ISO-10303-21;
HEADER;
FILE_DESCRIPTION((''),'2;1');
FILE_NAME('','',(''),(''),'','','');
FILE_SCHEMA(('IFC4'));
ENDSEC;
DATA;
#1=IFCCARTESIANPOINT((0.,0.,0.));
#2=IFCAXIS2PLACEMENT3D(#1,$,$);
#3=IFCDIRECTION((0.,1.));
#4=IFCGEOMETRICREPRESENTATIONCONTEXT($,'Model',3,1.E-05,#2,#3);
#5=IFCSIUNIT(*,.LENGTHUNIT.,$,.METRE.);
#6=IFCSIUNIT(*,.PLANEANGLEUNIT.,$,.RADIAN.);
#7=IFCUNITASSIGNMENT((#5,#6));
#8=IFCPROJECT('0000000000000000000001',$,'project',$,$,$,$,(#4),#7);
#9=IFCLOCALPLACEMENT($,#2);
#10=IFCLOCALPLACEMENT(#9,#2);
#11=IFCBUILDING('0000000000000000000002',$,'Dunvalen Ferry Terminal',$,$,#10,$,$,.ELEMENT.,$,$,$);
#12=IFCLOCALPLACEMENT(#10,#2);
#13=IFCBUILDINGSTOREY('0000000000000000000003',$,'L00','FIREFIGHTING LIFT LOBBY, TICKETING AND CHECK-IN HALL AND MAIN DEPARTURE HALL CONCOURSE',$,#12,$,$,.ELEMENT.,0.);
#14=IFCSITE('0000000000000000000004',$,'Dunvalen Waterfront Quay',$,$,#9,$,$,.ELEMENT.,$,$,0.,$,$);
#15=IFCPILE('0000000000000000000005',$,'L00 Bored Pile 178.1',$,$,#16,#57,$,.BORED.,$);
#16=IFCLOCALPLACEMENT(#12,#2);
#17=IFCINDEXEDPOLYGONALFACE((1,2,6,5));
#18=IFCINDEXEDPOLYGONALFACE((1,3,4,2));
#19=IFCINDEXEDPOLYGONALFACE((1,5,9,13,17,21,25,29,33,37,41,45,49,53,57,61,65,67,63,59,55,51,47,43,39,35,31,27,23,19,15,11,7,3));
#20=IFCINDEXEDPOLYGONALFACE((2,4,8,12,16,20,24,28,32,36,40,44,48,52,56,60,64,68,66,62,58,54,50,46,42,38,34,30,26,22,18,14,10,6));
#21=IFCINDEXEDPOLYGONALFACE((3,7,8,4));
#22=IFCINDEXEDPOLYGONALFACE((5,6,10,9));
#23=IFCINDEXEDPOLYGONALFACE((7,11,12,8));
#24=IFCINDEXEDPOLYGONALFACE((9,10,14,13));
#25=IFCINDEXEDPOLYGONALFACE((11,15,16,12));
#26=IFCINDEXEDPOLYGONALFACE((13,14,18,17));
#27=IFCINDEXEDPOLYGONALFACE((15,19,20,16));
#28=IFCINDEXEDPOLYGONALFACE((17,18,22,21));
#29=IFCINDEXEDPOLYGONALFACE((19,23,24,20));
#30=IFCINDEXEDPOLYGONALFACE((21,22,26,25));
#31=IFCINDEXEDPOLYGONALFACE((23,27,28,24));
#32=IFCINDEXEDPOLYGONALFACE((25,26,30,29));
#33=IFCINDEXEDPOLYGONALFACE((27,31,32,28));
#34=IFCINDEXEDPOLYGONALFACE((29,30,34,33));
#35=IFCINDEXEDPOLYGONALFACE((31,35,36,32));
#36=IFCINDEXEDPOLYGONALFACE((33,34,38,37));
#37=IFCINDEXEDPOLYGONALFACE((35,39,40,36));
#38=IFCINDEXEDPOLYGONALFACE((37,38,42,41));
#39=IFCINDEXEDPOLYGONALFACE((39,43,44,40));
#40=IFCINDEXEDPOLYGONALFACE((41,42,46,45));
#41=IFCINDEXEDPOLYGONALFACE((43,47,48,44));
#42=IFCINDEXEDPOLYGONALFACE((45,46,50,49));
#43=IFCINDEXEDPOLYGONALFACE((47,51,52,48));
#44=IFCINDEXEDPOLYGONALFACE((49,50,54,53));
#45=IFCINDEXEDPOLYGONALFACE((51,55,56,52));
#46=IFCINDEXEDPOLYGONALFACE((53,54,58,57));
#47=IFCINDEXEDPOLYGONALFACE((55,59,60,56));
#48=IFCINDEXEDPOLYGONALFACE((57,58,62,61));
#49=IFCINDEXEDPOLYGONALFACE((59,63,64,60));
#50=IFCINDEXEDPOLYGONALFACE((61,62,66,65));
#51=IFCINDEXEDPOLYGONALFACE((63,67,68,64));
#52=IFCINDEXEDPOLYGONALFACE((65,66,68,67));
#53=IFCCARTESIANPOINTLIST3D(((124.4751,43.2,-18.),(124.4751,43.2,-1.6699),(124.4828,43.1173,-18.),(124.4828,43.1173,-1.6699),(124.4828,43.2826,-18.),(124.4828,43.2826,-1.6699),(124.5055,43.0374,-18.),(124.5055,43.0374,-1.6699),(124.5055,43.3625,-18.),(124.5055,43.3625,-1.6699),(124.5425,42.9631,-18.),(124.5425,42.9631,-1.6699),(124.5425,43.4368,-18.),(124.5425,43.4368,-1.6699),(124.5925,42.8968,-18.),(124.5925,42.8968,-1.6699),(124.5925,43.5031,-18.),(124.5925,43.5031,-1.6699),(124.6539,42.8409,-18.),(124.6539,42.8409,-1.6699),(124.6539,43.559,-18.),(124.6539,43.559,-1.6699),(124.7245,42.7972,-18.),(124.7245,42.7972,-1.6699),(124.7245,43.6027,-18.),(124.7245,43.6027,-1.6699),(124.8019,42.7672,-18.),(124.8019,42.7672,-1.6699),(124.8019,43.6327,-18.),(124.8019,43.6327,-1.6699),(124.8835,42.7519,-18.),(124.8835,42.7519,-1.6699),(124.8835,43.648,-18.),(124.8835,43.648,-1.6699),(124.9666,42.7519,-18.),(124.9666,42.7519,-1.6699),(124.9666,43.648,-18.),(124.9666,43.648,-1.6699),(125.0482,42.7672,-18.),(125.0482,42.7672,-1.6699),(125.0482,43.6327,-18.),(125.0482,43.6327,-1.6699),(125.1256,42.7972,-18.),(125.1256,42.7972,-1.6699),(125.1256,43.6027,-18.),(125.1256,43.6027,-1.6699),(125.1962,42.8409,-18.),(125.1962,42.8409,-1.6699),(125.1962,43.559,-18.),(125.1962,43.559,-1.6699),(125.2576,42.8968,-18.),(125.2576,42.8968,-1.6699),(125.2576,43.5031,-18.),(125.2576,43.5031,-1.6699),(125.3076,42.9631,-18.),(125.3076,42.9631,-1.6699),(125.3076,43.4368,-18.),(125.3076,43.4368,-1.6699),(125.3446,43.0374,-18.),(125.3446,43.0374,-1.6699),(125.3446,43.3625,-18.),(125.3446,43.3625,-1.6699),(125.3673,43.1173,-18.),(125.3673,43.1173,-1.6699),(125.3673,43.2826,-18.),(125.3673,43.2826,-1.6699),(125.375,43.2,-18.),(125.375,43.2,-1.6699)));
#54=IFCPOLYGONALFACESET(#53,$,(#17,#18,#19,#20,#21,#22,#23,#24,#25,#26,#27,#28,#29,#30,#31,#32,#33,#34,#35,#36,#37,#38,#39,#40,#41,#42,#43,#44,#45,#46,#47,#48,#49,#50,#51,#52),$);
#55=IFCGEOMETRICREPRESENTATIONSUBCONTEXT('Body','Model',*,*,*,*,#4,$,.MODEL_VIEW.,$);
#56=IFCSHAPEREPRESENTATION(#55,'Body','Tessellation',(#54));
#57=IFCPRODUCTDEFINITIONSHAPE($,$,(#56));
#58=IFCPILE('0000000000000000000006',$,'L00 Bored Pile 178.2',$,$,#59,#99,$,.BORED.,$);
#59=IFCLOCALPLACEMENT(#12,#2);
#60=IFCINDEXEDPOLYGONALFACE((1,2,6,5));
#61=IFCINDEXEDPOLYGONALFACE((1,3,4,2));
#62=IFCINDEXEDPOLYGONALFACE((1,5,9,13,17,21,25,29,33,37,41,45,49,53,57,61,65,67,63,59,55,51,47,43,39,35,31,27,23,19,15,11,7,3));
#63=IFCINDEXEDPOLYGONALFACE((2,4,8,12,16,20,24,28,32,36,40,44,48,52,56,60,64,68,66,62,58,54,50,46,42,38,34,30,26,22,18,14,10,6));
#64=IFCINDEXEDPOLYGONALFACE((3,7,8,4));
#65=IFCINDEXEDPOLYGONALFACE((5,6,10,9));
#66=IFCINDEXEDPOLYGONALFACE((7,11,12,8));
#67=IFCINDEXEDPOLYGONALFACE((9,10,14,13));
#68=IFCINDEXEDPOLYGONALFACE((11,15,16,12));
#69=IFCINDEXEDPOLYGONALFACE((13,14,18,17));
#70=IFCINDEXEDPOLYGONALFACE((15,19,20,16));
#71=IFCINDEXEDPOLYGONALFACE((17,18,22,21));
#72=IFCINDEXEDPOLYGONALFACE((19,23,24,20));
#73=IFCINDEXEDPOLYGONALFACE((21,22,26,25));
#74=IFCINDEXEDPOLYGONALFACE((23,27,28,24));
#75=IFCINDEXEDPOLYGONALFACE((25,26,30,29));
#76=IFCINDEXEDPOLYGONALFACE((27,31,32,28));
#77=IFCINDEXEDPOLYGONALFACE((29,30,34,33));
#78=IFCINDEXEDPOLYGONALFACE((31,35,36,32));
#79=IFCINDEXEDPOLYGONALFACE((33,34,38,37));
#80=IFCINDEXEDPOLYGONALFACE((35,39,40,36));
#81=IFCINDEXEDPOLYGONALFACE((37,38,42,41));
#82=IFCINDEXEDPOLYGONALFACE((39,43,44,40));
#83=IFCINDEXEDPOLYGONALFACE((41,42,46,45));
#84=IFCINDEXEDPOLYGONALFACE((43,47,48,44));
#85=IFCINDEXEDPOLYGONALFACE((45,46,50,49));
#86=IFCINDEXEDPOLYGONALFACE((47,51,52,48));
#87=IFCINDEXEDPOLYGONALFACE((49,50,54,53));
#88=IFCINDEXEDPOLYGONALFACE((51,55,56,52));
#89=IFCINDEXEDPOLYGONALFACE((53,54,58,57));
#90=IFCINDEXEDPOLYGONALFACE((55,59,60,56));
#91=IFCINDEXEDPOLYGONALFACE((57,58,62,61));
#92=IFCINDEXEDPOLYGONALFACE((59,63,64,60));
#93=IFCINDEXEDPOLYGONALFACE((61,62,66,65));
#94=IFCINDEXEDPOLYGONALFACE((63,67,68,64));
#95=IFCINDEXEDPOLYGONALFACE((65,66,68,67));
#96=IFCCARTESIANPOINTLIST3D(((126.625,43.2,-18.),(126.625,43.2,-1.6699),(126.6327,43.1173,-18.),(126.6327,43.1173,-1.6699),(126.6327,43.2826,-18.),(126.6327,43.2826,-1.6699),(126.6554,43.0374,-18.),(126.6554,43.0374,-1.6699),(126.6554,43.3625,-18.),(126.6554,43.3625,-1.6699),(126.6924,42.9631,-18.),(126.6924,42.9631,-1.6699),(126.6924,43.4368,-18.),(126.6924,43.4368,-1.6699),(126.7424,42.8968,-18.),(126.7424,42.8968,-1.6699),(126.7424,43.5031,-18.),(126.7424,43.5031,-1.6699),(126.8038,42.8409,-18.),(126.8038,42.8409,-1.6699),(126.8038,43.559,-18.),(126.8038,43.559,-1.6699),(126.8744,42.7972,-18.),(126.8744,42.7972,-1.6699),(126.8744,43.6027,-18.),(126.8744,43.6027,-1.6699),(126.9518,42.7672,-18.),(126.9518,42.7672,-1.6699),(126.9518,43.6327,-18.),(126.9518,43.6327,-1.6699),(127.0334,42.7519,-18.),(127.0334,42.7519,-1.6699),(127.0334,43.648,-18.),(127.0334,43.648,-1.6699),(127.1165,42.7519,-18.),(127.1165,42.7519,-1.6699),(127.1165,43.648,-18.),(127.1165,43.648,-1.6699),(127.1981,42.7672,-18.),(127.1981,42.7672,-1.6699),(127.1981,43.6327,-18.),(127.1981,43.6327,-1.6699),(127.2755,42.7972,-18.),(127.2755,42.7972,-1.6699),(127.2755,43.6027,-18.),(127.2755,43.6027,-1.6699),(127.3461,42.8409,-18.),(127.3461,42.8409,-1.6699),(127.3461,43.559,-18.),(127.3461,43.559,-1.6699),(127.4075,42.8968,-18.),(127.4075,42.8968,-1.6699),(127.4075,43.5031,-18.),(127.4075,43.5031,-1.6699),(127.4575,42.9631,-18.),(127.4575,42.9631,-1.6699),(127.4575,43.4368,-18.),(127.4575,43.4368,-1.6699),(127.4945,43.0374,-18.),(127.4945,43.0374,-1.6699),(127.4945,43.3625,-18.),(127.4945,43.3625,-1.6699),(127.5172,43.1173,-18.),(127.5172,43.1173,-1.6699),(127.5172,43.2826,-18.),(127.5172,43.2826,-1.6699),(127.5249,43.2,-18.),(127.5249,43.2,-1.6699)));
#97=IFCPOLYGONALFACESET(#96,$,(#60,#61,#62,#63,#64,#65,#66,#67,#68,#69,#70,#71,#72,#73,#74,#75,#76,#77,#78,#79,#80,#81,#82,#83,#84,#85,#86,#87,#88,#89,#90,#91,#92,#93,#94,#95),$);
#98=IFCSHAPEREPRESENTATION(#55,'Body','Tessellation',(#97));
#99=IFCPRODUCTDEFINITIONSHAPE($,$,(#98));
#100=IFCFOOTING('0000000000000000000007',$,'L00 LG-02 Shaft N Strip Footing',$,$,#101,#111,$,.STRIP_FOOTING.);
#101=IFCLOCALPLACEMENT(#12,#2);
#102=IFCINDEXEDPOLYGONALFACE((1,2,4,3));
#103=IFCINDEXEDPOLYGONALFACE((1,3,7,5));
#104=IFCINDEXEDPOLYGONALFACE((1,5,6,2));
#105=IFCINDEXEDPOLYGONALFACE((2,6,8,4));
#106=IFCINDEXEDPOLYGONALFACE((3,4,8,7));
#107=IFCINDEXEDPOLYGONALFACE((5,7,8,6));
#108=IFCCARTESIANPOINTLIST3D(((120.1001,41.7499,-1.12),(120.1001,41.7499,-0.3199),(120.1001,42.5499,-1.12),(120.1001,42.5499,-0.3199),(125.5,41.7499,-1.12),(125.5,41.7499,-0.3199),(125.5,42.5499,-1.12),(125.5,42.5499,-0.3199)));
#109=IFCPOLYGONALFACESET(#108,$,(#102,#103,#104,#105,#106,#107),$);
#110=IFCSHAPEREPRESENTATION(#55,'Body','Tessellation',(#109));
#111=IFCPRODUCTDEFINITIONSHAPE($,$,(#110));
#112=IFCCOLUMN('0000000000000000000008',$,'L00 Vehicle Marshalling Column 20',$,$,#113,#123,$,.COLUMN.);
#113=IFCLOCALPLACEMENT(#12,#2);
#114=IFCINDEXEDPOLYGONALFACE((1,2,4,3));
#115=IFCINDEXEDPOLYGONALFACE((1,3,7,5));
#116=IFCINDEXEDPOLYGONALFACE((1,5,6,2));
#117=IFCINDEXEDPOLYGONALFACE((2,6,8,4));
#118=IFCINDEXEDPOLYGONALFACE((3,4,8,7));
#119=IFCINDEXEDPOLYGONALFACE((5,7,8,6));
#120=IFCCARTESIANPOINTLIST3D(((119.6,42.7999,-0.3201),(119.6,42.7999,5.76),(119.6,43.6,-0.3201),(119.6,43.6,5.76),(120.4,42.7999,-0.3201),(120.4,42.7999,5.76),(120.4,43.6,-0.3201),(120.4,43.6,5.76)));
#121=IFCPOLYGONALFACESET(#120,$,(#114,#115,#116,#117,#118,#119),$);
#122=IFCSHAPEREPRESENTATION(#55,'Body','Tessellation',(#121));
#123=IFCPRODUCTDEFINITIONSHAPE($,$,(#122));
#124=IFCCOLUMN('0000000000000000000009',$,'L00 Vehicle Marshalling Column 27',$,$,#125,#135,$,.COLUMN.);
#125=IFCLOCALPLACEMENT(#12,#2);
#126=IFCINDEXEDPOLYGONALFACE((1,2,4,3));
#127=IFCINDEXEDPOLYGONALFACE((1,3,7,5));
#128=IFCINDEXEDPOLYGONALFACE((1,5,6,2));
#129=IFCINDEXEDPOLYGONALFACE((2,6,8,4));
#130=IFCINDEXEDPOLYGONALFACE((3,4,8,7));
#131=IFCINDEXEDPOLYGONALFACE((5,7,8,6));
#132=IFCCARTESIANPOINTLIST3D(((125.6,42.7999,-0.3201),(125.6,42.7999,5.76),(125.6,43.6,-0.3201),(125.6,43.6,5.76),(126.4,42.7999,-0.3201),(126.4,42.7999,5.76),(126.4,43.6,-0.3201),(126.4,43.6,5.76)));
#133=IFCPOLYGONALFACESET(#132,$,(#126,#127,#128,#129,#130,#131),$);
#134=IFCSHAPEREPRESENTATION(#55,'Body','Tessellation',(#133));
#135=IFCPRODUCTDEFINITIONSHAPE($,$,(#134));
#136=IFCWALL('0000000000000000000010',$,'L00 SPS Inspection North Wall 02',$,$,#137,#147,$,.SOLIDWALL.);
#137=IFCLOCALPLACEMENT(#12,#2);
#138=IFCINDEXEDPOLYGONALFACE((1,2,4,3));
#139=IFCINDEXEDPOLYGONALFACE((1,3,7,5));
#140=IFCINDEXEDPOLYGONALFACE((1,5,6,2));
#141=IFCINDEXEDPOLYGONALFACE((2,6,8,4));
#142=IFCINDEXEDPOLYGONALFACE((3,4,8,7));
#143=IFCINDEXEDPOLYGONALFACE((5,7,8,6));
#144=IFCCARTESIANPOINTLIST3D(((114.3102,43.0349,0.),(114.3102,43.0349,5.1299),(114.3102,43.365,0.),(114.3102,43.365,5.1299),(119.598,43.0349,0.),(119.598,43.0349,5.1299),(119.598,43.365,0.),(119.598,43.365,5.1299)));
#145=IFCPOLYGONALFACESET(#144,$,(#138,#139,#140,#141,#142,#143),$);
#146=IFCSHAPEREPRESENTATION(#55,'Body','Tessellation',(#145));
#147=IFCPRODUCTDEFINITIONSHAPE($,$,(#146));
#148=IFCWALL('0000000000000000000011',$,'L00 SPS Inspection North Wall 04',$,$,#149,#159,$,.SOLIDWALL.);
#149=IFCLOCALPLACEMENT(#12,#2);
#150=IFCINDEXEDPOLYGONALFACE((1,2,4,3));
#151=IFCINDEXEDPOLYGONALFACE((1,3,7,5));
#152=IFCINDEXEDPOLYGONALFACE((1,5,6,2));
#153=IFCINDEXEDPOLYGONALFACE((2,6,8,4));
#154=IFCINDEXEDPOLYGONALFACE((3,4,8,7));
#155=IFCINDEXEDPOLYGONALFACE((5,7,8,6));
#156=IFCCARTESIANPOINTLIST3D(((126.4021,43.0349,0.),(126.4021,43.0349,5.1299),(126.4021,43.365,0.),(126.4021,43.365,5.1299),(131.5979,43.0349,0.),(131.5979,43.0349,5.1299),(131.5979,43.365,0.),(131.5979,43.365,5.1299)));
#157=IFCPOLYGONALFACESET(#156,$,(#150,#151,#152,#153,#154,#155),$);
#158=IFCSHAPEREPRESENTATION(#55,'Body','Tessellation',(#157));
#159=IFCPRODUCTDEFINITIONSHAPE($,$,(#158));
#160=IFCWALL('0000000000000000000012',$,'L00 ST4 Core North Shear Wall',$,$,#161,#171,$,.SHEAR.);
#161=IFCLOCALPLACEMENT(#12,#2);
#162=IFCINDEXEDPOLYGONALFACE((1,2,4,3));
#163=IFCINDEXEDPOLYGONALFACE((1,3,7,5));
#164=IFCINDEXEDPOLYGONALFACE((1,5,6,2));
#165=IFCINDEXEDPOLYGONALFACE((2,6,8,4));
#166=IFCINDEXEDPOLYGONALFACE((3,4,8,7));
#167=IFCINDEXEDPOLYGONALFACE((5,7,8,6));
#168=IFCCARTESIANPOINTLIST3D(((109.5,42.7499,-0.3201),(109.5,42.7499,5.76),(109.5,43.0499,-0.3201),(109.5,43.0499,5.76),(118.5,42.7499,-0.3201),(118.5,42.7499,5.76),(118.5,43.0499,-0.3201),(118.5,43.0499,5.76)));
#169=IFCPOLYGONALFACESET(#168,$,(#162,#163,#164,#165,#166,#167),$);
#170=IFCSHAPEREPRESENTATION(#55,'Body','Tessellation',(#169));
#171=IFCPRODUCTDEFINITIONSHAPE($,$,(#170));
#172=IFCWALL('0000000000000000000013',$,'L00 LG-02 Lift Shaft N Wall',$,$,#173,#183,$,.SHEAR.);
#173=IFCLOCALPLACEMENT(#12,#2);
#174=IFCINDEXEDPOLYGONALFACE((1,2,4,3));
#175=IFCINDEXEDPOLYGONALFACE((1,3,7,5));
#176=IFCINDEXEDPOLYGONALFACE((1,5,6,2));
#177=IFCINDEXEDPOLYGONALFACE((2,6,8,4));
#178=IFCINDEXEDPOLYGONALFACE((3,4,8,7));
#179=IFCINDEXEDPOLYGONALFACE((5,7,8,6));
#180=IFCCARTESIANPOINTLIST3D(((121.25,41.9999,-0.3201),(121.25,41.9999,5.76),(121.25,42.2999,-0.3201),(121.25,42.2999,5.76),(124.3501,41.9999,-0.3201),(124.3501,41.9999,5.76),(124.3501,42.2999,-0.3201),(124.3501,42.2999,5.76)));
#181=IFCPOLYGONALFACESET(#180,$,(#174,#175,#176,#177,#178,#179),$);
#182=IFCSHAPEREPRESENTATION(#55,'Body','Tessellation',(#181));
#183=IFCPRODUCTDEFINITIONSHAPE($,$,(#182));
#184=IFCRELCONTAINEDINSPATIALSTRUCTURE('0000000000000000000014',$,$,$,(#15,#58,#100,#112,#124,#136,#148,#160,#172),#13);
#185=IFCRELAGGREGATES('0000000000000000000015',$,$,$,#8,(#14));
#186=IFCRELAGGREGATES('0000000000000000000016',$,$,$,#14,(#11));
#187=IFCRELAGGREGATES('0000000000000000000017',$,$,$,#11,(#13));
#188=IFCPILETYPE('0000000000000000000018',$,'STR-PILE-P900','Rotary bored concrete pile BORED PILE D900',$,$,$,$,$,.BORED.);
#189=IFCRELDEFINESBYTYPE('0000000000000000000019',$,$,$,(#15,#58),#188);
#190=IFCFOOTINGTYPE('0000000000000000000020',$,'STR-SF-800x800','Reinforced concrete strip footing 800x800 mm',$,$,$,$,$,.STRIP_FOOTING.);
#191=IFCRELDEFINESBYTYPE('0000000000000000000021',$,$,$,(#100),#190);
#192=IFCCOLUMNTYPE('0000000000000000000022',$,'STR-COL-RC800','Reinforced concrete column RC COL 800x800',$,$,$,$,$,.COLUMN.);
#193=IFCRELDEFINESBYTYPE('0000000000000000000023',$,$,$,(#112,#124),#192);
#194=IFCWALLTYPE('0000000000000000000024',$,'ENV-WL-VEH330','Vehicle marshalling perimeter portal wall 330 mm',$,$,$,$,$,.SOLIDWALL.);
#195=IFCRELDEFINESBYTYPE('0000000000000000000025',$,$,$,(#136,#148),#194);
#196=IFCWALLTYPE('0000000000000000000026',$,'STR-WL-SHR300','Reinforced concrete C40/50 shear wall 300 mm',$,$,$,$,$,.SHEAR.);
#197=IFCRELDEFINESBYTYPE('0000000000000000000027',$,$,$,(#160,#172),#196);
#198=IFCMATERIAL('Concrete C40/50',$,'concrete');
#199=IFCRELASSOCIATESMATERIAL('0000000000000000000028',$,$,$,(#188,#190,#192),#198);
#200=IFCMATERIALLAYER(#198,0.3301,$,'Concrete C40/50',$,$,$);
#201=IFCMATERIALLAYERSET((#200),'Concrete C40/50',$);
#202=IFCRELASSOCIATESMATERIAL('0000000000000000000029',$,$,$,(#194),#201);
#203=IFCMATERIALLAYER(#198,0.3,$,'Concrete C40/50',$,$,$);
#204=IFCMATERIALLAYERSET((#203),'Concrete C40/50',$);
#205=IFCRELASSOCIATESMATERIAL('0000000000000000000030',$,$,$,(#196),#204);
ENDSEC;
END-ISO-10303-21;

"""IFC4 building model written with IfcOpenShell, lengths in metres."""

from ifc_helpers import new_model, si_unit, direction, frame, frame_2d, origin, origin_2d, place, context, subcontext, project, spatial, rectangle, circle, extrude, material, layer, layer_set, material_profile, profile_set, type_object, element, save


model = new_model("IFC4")

# Units and contexts
model_context = context("Model", 3, precision=1e-05, world=origin(), true_north=direction((0.0, 1.0)))
body_context = subcontext(model_context, "Body", "Model", "MODEL_VIEW")
ifc_project = project(units=[si_unit("LENGTHUNIT", "METRE"), si_unit("PLANEANGLEUNIT", "RADIAN")], contexts=[model_context])

# Site, building, storey
site_placement = place(None, origin())
site = spatial("IfcSite", under=ifc_project, at=site_placement, Name="Dunvalen Waterfront Quay", CompositionType="ELEMENT", RefElevation=0.0)
building_placement = place(site_placement, origin())
building = spatial("IfcBuilding", under=site, at=building_placement, Name="Dunvalen Ferry Terminal", CompositionType="ELEMENT")
storey_placement = place(building_placement, origin())
storey = spatial("IfcBuildingStorey", under=building, at=storey_placement, Name="L00", Description="FIREFIGHTING LIFT LOBBY, TICKETING AND CHECK-IN HALL AND MAIN DEPARTURE HALL CONCOURSE", CompositionType="ELEMENT", Elevation=0.0)

# Shared definitions
ifc_material_1 = material(Name="Concrete C40/50", Category="concrete")

# Piles
ifc_material_profile_1 = material_profile(ifc_material_1, circle(Radius=0.45, at=origin_2d()), Name="Concrete C40/50")
ifc_profile_set_1 = profile_set([ifc_material_profile_1], Name="Concrete C40/50")
pile_type = type_object("IfcPileType", Name="STR-PILE-P900", Description="Rotary bored concrete pile BORED PILE D900", PredefinedType="BORED", material=ifc_profile_set_1)
for number, where, z_axis, x_axis, name in (
    (1, (124.925, 43.2, -1.6699), (0.0, 0.0, -1.0), (1.0, 0.0, 0.0), "L00 Bored Pile 178.1"),
    (2, (127.075, 43.2, -1.6699), (0.0, 0.0, -1.0), (1.0, 0.0, 0.0), "L00 Bored Pile 178.2"),
):
    element("IfcPile", number, at=place(storey_placement, frame(where, z_axis=z_axis, x_axis=x_axis)), inside=storey, type_object=pile_type, Name=name, PredefinedType="BORED", context=body_context, shape_type="SweptSolid", body=[
        extrude(circle(Radius=0.45, at=origin_2d()), origin(), (0.0, 0.0, 1.0), 16.3301),
    ])

# Footing
ifc_material_profile_2 = material_profile(ifc_material_1, rectangle(XDim=0.8, YDim=0.8, at=origin_2d()), Name="Concrete C40/50")
ifc_profile_set_2 = profile_set([ifc_material_profile_2], Name="Concrete C40/50")
footing_type_1 = type_object("IfcFootingType", Name="STR-SF-800x800", Description="Reinforced concrete strip footing 800x800 mm", PredefinedType="STRIP_FOOTING", material=ifc_profile_set_2)
footing_1_placement = place(storey_placement, frame((120.1001, 42.1499, -0.72), z_axis=(1.0, 0.0, 0.0), x_axis=(0.0, 1.0, 0.0)))
element("IfcFooting", 3, at=footing_1_placement, inside=storey, type_object=footing_type_1, Name="L00 LG-02 Shaft N Strip Footing", PredefinedType="STRIP_FOOTING", context=body_context, shape_type="SweptSolid", body=[
    extrude(rectangle(XDim=0.8, YDim=0.8, at=origin_2d()), origin(), (0.0, 0.0, 1.0), 5.3999),
])

# Columns
ifc_material_profile_3 = material_profile(ifc_material_1, rectangle(XDim=0.8, YDim=0.8, at=origin_2d()), Name="Concrete C40/50")
ifc_profile_set_3 = profile_set([ifc_material_profile_3], Name="Concrete C40/50")
column_type = type_object("IfcColumnType", Name="STR-COL-RC800", Description="Reinforced concrete column RC COL 800x800", PredefinedType="COLUMN", material=ifc_profile_set_3)
for number, where, z_axis, x_axis, name in (
    (4, (120.0, 43.2, -0.3201), (0.0, 0.0, 1.0), (1.0, 0.0, 0.0), "L00 Vehicle Marshalling Column 20"),
    (5, (126.0, 43.2, -0.3201), (0.0, 0.0, 1.0), (1.0, 0.0, 0.0), "L00 Vehicle Marshalling Column 27"),
):
    element("IfcColumn", number, at=place(storey_placement, frame(where, z_axis=z_axis, x_axis=x_axis)), inside=storey, type_object=column_type, Name=name, PredefinedType="COLUMN", context=body_context, shape_type="SweptSolid", body=[
        extrude(rectangle(XDim=0.8, YDim=0.8, at=origin_2d()), origin(), (0.0, 0.0, 1.0), 6.0801),
    ])

# Wall
ifc_layer_1 = layer(ifc_material_1, 0.3301, Name="Concrete C40/50")
ifc_layer_set_1 = layer_set([ifc_layer_1], Name="Concrete C40/50")
wall_type_1 = type_object("IfcWallType", Name="ENV-WL-VEH330", Description="Vehicle marshalling perimeter portal wall 330 mm", PredefinedType="SOLIDWALL", material=ifc_layer_set_1)
wall_1_placement = place(storey_placement, frame((114.3101, 43.2, 0.0), z_axis=(0.0, 0.0, 1.0), x_axis=(1.0, 0.0, 0.0)))
element("IfcWall", 6, at=wall_1_placement, inside=storey, type_object=wall_type_1, Name="L00 SPS Inspection North Wall 02", PredefinedType="SOLIDWALL", context=body_context, shape_type="SweptSolid", body=[
    extrude(rectangle(XDim=5.2878, YDim=0.3301, at=frame_2d((2.644, 0.0))), origin(), (0.0, 0.0, 1.0), 5.1299),
])

# Walls
wall_2_placement = place(storey_placement, frame((126.4021, 43.2, 0.0), z_axis=(0.0, 0.0, 1.0), x_axis=(1.0, 0.0, 0.0)))
element("IfcWall", 7, at=wall_2_placement, inside=storey, type_object=wall_type_1, Name="L00 SPS Inspection North Wall 04", PredefinedType="SOLIDWALL", context=body_context, shape_type="SweptSolid", body=[
    extrude(rectangle(XDim=5.1958, YDim=0.3301, at=frame_2d((2.5979, 0.0))), origin(), (0.0, 0.0, 1.0), 5.1299),
])
ifc_layer_2 = layer(ifc_material_1, 0.3, Name="Concrete C40/50")
ifc_layer_set_2 = layer_set([ifc_layer_2], Name="Concrete C40/50")
wall_type_2 = type_object("IfcWallType", Name="STR-WL-SHR300", Description="Reinforced concrete C40/50 shear wall 300 mm", PredefinedType="SHEAR", material=ifc_layer_set_2)
wall_3_placement = place(storey_placement, frame((109.5, 42.8999, -0.3201), z_axis=(0.0, 0.0, 1.0), x_axis=(1.0, 0.0, 0.0)))
element("IfcWall", 8, at=wall_3_placement, inside=storey, type_object=wall_type_2, Name="L00 ST4 Core North Shear Wall", PredefinedType="SHEAR", context=body_context, shape_type="SweptSolid", body=[
    extrude(rectangle(XDim=9.0, YDim=0.3, at=frame_2d((4.5, 0.0))), origin(), (0.0, 0.0, 1.0), 6.0801),
])
wall_4_placement = place(storey_placement, frame((121.25, 42.1499, -0.3201), z_axis=(0.0, 0.0, 1.0), x_axis=(1.0, 0.0, 0.0)))
element("IfcWall", 9, at=wall_4_placement, inside=storey, type_object=wall_type_2, Name="L00 LG-02 Lift Shaft N Wall", PredefinedType="SHEAR", context=body_context, shape_type="SweptSolid", body=[
    extrude(rectangle(XDim=3.1001, YDim=0.3, at=frame_2d((1.55, 0.0))), origin(), (0.0, 0.0, 1.0), 6.0801),
])

save(model, "model.ifc")
